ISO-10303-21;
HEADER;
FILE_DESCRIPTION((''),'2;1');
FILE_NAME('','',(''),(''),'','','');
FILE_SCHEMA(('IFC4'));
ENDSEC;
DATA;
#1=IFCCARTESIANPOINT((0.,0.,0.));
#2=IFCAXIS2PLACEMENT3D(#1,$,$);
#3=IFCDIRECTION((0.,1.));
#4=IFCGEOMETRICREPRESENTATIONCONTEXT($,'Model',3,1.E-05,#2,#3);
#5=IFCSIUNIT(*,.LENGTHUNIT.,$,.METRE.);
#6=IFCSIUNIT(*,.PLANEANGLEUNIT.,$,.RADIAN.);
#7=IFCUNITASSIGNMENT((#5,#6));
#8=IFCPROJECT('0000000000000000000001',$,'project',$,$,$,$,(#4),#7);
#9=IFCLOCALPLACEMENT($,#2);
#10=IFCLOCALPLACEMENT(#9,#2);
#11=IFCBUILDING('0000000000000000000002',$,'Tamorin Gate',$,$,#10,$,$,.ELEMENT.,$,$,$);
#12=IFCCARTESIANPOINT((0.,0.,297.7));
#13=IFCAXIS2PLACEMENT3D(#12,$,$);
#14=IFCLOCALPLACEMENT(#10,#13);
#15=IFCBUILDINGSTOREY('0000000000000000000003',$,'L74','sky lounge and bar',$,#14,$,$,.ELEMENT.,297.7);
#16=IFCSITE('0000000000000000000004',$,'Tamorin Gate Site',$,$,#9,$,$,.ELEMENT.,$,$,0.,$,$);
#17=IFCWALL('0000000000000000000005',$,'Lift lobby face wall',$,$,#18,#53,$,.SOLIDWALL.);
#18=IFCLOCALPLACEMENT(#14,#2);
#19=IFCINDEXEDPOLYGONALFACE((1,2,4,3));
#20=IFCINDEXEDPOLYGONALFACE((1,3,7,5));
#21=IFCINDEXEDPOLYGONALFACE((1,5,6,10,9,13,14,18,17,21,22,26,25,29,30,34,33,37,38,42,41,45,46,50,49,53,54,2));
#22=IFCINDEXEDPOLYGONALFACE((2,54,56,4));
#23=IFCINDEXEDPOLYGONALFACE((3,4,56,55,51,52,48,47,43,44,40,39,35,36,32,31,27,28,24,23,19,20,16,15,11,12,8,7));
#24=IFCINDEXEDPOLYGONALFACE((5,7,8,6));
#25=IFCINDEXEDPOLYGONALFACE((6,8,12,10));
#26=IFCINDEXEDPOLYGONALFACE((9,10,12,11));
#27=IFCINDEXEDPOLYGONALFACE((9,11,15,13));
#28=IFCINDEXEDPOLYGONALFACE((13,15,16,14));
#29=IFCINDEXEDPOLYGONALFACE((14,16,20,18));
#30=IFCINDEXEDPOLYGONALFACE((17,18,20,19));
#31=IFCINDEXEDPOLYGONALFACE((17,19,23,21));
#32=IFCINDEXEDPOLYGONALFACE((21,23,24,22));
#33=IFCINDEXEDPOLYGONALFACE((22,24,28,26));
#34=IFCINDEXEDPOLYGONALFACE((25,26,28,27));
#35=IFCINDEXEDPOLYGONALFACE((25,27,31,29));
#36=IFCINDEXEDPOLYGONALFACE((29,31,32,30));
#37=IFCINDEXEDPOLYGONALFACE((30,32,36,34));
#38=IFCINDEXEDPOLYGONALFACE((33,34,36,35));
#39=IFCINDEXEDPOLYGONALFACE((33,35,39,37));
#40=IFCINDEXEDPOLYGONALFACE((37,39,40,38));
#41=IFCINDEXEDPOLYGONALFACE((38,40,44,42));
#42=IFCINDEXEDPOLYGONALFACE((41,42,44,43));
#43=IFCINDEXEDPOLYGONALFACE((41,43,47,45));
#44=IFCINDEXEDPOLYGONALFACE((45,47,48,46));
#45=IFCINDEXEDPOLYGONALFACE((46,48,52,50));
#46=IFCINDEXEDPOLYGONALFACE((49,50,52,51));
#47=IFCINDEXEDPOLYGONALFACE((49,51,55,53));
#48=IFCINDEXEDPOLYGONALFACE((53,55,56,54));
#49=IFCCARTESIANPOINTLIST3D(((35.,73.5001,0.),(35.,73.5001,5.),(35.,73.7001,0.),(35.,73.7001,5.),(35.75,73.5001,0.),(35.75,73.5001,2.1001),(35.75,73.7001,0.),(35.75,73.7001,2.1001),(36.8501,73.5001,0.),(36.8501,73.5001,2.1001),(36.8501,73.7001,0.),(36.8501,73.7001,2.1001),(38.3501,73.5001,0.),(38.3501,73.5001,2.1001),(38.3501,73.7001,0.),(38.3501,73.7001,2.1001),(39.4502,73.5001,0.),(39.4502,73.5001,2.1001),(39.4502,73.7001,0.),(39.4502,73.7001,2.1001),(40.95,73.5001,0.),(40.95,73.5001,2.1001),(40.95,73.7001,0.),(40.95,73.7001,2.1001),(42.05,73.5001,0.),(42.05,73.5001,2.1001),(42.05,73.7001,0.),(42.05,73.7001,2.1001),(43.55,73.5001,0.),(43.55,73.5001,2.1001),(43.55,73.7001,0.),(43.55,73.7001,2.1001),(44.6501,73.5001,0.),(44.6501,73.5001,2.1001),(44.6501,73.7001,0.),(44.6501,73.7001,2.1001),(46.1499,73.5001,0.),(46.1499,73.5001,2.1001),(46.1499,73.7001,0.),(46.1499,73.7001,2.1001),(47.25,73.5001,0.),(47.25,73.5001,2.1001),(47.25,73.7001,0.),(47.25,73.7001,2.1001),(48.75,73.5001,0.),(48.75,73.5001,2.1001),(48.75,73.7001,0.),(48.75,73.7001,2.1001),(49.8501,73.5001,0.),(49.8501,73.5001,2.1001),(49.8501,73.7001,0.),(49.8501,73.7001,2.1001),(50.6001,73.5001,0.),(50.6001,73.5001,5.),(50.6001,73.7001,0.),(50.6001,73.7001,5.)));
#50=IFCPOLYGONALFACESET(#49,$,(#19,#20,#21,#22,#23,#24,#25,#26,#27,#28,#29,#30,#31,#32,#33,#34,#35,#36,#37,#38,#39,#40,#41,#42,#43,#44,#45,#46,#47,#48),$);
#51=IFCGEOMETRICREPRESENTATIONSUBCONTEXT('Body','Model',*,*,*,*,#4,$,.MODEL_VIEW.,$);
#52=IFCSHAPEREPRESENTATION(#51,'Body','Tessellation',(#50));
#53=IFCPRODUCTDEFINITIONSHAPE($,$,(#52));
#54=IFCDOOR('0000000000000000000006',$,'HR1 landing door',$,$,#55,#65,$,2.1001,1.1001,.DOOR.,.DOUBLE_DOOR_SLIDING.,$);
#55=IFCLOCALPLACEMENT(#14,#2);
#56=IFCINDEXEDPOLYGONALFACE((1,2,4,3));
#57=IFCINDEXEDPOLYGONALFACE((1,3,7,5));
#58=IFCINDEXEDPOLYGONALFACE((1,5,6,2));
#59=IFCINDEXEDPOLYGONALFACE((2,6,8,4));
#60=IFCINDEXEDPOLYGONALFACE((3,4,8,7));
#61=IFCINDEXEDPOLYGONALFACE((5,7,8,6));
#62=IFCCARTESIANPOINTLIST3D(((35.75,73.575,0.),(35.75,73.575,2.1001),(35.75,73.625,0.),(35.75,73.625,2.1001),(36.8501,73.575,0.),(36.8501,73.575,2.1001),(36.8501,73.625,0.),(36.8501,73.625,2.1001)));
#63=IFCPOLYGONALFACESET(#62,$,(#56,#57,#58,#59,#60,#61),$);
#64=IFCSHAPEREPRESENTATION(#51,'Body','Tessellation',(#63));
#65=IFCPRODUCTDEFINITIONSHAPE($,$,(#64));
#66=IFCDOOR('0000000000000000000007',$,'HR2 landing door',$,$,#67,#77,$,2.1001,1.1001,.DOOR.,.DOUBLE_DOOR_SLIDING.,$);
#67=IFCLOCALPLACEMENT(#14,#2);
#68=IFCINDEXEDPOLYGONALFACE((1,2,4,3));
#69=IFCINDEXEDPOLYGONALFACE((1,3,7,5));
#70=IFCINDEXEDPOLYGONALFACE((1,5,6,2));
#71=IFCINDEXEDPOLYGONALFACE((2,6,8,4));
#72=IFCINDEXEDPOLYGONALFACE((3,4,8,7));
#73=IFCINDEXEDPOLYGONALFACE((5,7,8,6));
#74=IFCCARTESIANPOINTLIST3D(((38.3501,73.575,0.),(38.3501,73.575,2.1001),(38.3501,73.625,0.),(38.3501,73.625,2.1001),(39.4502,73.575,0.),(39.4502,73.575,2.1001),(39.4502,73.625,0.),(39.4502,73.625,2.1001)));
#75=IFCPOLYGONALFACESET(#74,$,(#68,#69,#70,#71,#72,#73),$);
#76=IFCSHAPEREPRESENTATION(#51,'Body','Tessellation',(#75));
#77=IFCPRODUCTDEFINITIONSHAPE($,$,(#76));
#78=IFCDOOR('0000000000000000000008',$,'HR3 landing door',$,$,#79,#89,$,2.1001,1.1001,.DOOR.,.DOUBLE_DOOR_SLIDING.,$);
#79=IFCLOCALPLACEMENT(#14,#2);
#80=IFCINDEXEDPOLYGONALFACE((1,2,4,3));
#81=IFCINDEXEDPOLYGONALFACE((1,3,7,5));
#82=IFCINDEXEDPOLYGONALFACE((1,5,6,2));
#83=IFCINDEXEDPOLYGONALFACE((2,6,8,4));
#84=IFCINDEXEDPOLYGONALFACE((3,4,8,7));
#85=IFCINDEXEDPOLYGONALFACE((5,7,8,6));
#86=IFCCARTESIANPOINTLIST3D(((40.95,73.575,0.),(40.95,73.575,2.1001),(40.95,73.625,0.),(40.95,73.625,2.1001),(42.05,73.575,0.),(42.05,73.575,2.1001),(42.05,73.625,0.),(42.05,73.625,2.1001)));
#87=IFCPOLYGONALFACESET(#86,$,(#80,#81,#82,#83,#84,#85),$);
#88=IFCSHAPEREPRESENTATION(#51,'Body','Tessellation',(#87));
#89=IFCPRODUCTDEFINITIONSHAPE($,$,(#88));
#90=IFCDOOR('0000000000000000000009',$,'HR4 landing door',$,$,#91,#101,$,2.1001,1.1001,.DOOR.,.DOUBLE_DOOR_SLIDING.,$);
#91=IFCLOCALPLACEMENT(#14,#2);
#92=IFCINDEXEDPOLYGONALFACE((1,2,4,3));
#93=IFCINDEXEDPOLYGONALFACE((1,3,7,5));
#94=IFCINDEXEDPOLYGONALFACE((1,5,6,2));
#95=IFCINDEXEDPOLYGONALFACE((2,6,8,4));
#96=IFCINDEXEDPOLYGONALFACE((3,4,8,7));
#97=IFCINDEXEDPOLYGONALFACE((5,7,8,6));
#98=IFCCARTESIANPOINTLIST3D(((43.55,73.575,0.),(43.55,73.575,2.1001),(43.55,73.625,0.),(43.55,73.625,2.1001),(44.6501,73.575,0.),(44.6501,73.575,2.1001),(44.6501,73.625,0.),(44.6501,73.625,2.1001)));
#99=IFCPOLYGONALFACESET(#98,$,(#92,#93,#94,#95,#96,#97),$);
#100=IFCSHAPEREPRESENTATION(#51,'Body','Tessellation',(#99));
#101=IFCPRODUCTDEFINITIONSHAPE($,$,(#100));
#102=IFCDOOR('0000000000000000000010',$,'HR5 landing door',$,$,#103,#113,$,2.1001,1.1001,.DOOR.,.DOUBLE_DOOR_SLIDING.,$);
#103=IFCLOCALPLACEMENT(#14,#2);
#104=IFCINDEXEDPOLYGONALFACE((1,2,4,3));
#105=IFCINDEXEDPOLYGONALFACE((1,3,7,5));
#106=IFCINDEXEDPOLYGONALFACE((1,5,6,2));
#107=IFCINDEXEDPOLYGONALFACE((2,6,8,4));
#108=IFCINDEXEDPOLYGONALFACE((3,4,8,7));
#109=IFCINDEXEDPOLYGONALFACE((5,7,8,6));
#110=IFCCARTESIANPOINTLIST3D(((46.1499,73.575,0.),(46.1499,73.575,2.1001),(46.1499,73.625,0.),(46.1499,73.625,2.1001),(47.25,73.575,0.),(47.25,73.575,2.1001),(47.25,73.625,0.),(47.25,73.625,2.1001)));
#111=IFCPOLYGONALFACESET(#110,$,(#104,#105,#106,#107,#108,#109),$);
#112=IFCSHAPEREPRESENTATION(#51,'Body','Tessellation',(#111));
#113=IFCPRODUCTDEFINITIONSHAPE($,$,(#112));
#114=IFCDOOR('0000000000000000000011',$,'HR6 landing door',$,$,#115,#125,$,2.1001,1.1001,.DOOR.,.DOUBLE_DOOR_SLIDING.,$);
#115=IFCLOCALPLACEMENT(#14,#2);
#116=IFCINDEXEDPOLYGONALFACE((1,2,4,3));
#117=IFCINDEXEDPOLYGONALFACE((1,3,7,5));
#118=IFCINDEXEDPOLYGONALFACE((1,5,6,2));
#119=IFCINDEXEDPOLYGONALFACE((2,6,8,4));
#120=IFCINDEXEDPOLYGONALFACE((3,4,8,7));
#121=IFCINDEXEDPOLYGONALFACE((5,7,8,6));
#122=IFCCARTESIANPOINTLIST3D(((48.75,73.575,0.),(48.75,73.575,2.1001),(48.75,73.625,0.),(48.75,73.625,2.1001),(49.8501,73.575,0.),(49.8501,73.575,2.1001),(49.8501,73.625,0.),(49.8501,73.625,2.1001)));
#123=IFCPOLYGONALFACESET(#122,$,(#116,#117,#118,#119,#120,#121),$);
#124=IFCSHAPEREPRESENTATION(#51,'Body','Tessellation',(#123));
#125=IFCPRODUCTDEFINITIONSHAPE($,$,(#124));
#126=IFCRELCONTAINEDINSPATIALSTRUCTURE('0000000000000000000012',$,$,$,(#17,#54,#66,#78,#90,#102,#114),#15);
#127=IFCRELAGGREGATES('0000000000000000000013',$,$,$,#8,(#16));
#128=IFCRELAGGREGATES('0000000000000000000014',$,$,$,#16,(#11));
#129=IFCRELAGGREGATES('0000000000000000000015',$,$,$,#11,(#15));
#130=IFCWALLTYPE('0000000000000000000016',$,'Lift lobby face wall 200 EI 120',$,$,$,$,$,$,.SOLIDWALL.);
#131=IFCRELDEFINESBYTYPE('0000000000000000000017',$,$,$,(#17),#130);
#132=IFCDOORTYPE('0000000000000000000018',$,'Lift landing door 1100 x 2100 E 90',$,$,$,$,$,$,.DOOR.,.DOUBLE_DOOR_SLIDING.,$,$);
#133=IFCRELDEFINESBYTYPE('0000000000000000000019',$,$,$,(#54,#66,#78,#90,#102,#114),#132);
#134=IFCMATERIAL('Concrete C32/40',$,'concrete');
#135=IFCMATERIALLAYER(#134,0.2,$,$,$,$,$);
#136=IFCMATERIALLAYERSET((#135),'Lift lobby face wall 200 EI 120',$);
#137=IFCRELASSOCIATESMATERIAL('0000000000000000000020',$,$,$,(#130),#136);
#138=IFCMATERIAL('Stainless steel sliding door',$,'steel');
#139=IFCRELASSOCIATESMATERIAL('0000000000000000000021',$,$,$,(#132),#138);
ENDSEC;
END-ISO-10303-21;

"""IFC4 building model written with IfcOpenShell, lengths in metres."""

from ifc_helpers import new_model, si_unit, direction, frame, frame_2d, origin, place, context, subcontext, project, spatial, rectangle, extrude, material, layer, layer_set, type_object, element, fill, save


model = new_model("IFC4")

# Units and contexts
model_context = context("Model", 3, precision=1e-05, world=origin(), true_north=direction((0.0, 1.0)))
body_context = subcontext(model_context, "Body", "Model", "MODEL_VIEW")
ifc_project = project(units=[si_unit("LENGTHUNIT", "METRE"), si_unit("PLANEANGLEUNIT", "RADIAN")], contexts=[model_context])

# Site, building, storey
site_placement = place(None, origin())
site = spatial("IfcSite", under=ifc_project, at=site_placement, Name="Tamorin Gate Site", CompositionType="ELEMENT", RefElevation=0.0)
building_placement = place(site_placement, origin())
building = spatial("IfcBuilding", under=site, at=building_placement, Name="Tamorin Gate", CompositionType="ELEMENT")
storey_placement = place(building_placement, frame((0.0, 0.0, 297.7)))
storey = spatial("IfcBuildingStorey", under=building, at=storey_placement, Name="L74", Description="sky lounge and bar", CompositionType="ELEMENT", Elevation=297.7)

# Wall, openings, doors
ifc_material_1 = material(Name="Concrete C32/40", Category="concrete")
ifc_layer_1 = layer(ifc_material_1, 0.2)
ifc_layer_set_1 = layer_set([ifc_layer_1], Name="Lift lobby face wall 200 EI 120")
wall_type_1 = type_object("IfcWallType", Name="Lift lobby face wall 200 EI 120", PredefinedType="SOLIDWALL", material=ifc_layer_set_1)
wall_1_placement = place(storey_placement, frame((35.0, 73.6001, 0.0), z_axis=(0.0, 0.0, 1.0), x_axis=(1.0, 0.0, 0.0)))
wall_1 = element("IfcWall", 1, at=wall_1_placement, inside=storey, type_object=wall_type_1, Name="Lift lobby face wall", PredefinedType="SOLIDWALL", context=body_context, shape_type="SweptSolid", body=[
    extrude(rectangle(XDim=15.6001, YDim=0.2, at=frame_2d((7.8, 0.0))), origin(), (0.0, 0.0, 1.0), 5.0),
])
opening_1_placement = place(wall_1_placement, frame((0.75, 0.0, 0.0)))
opening_1 = element("IfcOpeningElement", 2, at=opening_1_placement, cuts=wall_1, PredefinedType="OPENING", context=body_context, shape_type="SweptSolid", body=[
    extrude(rectangle(XDim=1.1001, YDim=2.1001, at=frame_2d((0.55, 1.05))), frame((0.0, 0.1099, 0.0), z_axis=(0.0, -1.0, 0.0), x_axis=(1.0, 0.0, 0.0)), (0.0, 0.0, 1.0), 0.22),
])
opening_2_placement = place(wall_1_placement, frame((3.3501, 0.0, 0.0)))
opening_2 = element("IfcOpeningElement", 3, at=opening_2_placement, cuts=wall_1, PredefinedType="OPENING", context=body_context, shape_type="SweptSolid", body=[
    extrude(rectangle(XDim=1.1001, YDim=2.1001, at=frame_2d((0.55, 1.05))), frame((0.0, 0.1099, 0.0), z_axis=(0.0, -1.0, 0.0), x_axis=(1.0, 0.0, 0.0)), (0.0, 0.0, 1.0), 0.22),
])
opening_3_placement = place(wall_1_placement, frame((5.95, 0.0, 0.0)))
opening_3 = element("IfcOpeningElement", 4, at=opening_3_placement, cuts=wall_1, PredefinedType="OPENING", context=body_context, shape_type="SweptSolid", body=[
    extrude(rectangle(XDim=1.1001, YDim=2.1001, at=frame_2d((0.55, 1.05))), frame((0.0, 0.1099, 0.0), z_axis=(0.0, -1.0, 0.0), x_axis=(1.0, 0.0, 0.0)), (0.0, 0.0, 1.0), 0.22),
])
opening_4_placement = place(wall_1_placement, frame((8.55, 0.0, 0.0)))
opening_4 = element("IfcOpeningElement", 5, at=opening_4_placement, cuts=wall_1, PredefinedType="OPENING", context=body_context, shape_type="SweptSolid", body=[
    extrude(rectangle(XDim=1.1001, YDim=2.1001, at=frame_2d((0.55, 1.05))), frame((0.0, 0.1099, 0.0), z_axis=(0.0, -1.0, 0.0), x_axis=(1.0, 0.0, 0.0)), (0.0, 0.0, 1.0), 0.22),
])
opening_5_placement = place(wall_1_placement, frame((11.1499, 0.0, 0.0)))
opening_5 = element("IfcOpeningElement", 6, at=opening_5_placement, cuts=wall_1, PredefinedType="OPENING", context=body_context, shape_type="SweptSolid", body=[
    extrude(rectangle(XDim=1.1001, YDim=2.1001, at=frame_2d((0.55, 1.05))), frame((0.0, 0.1099, 0.0), z_axis=(0.0, -1.0, 0.0), x_axis=(1.0, 0.0, 0.0)), (0.0, 0.0, 1.0), 0.22),
])
opening_6_placement = place(wall_1_placement, frame((13.75, 0.0, 0.0)))
opening_6 = element("IfcOpeningElement", 7, at=opening_6_placement, cuts=wall_1, PredefinedType="OPENING", context=body_context, shape_type="SweptSolid", body=[
    extrude(rectangle(XDim=1.1001, YDim=2.1001, at=frame_2d((0.55, 1.05))), frame((0.0, 0.1099, 0.0), z_axis=(0.0, -1.0, 0.0), x_axis=(1.0, 0.0, 0.0)), (0.0, 0.0, 1.0), 0.22),
])
ifc_material_2 = material(Name="Stainless steel sliding door", Category="steel")
door_type_1 = type_object("IfcDoorType", Name="Lift landing door 1100 x 2100 E 90", OperationType="DOUBLE_DOOR_SLIDING", PredefinedType="DOOR", material=ifc_material_2)
door_1_placement = place(opening_1_placement, origin())
door_1 = element("IfcDoor", 8, at=door_1_placement, inside=storey, type_object=door_type_1, Name="HR1 landing door", OperationType="DOUBLE_DOOR_SLIDING", OverallHeight=2.1001, OverallWidth=1.1001, PredefinedType="DOOR", context=body_context, shape_type="SweptSolid", body=[
    extrude(rectangle(XDim=1.1001, YDim=2.1001, at=frame_2d((0.55, 1.05))), frame((0.0, 0.0249, 0.0), z_axis=(0.0, -1.0, 0.0), x_axis=(1.0, 0.0, 0.0)), (0.0, 0.0, 1.0), 0.05),
])
fill(opening_1, door_1)
door_2_placement = place(opening_2_placement, origin())
door_2 = element("IfcDoor", 9, at=door_2_placement, inside=storey, type_object=door_type_1, Name="HR2 landing door", OperationType="DOUBLE_DOOR_SLIDING", OverallHeight=2.1001, OverallWidth=1.1001, PredefinedType="DOOR", context=body_context, shape_type="SweptSolid", body=[
    extrude(rectangle(XDim=1.1001, YDim=2.1001, at=frame_2d((0.55, 1.05))), frame((0.0, 0.0249, 0.0), z_axis=(0.0, -1.0, 0.0), x_axis=(1.0, 0.0, 0.0)), (0.0, 0.0, 1.0), 0.05),
])
fill(opening_2, door_2)
door_3_placement = place(opening_3_placement, origin())
door_3 = element("IfcDoor", 10, at=door_3_placement, inside=storey, type_object=door_type_1, Name="HR3 landing door", OperationType="DOUBLE_DOOR_SLIDING", OverallHeight=2.1001, OverallWidth=1.1001, PredefinedType="DOOR", context=body_context, shape_type="SweptSolid", body=[
    extrude(rectangle(XDim=1.1001, YDim=2.1001, at=frame_2d((0.55, 1.05))), frame((0.0, 0.0249, 0.0), z_axis=(0.0, -1.0, 0.0), x_axis=(1.0, 0.0, 0.0)), (0.0, 0.0, 1.0), 0.05),
])
fill(opening_3, door_3)
door_4_placement = place(opening_4_placement, origin())
door_4 = element("IfcDoor", 11, at=door_4_placement, inside=storey, type_object=door_type_1, Name="HR4 landing door", OperationType="DOUBLE_DOOR_SLIDING", OverallHeight=2.1001, OverallWidth=1.1001, PredefinedType="DOOR", context=body_context, shape_type="SweptSolid", body=[
    extrude(rectangle(XDim=1.1001, YDim=2.1001, at=frame_2d((0.55, 1.05))), frame((0.0, 0.0249, 0.0), z_axis=(0.0, -1.0, 0.0), x_axis=(1.0, 0.0, 0.0)), (0.0, 0.0, 1.0), 0.05),
])
fill(opening_4, door_4)
door_5_placement = place(opening_5_placement, origin())
door_5 = element("IfcDoor", 12, at=door_5_placement, inside=storey, type_object=door_type_1, Name="HR5 landing door", OperationType="DOUBLE_DOOR_SLIDING", OverallHeight=2.1001, OverallWidth=1.1001, PredefinedType="DOOR", context=body_context, shape_type="SweptSolid", body=[
    extrude(rectangle(XDim=1.1001, YDim=2.1001, at=frame_2d((0.55, 1.05))), frame((0.0, 0.0249, 0.0), z_axis=(0.0, -1.0, 0.0), x_axis=(1.0, 0.0, 0.0)), (0.0, 0.0, 1.0), 0.05),
])
fill(opening_5, door_5)
door_6_placement = place(opening_6_placement, origin())
door_6 = element("IfcDoor", 13, at=door_6_placement, inside=storey, type_object=door_type_1, Name="HR6 landing door", OperationType="DOUBLE_DOOR_SLIDING", OverallHeight=2.1001, OverallWidth=1.1001, PredefinedType="DOOR", context=body_context, shape_type="SweptSolid", body=[
    extrude(rectangle(XDim=1.1001, YDim=2.1001, at=frame_2d((0.55, 1.05))), frame((0.0, 0.0249, 0.0), z_axis=(0.0, -1.0, 0.0), x_axis=(1.0, 0.0, 0.0)), (0.0, 0.0, 1.0), 0.05),
])
fill(opening_6, door_6)

save(model, "model.ifc")
